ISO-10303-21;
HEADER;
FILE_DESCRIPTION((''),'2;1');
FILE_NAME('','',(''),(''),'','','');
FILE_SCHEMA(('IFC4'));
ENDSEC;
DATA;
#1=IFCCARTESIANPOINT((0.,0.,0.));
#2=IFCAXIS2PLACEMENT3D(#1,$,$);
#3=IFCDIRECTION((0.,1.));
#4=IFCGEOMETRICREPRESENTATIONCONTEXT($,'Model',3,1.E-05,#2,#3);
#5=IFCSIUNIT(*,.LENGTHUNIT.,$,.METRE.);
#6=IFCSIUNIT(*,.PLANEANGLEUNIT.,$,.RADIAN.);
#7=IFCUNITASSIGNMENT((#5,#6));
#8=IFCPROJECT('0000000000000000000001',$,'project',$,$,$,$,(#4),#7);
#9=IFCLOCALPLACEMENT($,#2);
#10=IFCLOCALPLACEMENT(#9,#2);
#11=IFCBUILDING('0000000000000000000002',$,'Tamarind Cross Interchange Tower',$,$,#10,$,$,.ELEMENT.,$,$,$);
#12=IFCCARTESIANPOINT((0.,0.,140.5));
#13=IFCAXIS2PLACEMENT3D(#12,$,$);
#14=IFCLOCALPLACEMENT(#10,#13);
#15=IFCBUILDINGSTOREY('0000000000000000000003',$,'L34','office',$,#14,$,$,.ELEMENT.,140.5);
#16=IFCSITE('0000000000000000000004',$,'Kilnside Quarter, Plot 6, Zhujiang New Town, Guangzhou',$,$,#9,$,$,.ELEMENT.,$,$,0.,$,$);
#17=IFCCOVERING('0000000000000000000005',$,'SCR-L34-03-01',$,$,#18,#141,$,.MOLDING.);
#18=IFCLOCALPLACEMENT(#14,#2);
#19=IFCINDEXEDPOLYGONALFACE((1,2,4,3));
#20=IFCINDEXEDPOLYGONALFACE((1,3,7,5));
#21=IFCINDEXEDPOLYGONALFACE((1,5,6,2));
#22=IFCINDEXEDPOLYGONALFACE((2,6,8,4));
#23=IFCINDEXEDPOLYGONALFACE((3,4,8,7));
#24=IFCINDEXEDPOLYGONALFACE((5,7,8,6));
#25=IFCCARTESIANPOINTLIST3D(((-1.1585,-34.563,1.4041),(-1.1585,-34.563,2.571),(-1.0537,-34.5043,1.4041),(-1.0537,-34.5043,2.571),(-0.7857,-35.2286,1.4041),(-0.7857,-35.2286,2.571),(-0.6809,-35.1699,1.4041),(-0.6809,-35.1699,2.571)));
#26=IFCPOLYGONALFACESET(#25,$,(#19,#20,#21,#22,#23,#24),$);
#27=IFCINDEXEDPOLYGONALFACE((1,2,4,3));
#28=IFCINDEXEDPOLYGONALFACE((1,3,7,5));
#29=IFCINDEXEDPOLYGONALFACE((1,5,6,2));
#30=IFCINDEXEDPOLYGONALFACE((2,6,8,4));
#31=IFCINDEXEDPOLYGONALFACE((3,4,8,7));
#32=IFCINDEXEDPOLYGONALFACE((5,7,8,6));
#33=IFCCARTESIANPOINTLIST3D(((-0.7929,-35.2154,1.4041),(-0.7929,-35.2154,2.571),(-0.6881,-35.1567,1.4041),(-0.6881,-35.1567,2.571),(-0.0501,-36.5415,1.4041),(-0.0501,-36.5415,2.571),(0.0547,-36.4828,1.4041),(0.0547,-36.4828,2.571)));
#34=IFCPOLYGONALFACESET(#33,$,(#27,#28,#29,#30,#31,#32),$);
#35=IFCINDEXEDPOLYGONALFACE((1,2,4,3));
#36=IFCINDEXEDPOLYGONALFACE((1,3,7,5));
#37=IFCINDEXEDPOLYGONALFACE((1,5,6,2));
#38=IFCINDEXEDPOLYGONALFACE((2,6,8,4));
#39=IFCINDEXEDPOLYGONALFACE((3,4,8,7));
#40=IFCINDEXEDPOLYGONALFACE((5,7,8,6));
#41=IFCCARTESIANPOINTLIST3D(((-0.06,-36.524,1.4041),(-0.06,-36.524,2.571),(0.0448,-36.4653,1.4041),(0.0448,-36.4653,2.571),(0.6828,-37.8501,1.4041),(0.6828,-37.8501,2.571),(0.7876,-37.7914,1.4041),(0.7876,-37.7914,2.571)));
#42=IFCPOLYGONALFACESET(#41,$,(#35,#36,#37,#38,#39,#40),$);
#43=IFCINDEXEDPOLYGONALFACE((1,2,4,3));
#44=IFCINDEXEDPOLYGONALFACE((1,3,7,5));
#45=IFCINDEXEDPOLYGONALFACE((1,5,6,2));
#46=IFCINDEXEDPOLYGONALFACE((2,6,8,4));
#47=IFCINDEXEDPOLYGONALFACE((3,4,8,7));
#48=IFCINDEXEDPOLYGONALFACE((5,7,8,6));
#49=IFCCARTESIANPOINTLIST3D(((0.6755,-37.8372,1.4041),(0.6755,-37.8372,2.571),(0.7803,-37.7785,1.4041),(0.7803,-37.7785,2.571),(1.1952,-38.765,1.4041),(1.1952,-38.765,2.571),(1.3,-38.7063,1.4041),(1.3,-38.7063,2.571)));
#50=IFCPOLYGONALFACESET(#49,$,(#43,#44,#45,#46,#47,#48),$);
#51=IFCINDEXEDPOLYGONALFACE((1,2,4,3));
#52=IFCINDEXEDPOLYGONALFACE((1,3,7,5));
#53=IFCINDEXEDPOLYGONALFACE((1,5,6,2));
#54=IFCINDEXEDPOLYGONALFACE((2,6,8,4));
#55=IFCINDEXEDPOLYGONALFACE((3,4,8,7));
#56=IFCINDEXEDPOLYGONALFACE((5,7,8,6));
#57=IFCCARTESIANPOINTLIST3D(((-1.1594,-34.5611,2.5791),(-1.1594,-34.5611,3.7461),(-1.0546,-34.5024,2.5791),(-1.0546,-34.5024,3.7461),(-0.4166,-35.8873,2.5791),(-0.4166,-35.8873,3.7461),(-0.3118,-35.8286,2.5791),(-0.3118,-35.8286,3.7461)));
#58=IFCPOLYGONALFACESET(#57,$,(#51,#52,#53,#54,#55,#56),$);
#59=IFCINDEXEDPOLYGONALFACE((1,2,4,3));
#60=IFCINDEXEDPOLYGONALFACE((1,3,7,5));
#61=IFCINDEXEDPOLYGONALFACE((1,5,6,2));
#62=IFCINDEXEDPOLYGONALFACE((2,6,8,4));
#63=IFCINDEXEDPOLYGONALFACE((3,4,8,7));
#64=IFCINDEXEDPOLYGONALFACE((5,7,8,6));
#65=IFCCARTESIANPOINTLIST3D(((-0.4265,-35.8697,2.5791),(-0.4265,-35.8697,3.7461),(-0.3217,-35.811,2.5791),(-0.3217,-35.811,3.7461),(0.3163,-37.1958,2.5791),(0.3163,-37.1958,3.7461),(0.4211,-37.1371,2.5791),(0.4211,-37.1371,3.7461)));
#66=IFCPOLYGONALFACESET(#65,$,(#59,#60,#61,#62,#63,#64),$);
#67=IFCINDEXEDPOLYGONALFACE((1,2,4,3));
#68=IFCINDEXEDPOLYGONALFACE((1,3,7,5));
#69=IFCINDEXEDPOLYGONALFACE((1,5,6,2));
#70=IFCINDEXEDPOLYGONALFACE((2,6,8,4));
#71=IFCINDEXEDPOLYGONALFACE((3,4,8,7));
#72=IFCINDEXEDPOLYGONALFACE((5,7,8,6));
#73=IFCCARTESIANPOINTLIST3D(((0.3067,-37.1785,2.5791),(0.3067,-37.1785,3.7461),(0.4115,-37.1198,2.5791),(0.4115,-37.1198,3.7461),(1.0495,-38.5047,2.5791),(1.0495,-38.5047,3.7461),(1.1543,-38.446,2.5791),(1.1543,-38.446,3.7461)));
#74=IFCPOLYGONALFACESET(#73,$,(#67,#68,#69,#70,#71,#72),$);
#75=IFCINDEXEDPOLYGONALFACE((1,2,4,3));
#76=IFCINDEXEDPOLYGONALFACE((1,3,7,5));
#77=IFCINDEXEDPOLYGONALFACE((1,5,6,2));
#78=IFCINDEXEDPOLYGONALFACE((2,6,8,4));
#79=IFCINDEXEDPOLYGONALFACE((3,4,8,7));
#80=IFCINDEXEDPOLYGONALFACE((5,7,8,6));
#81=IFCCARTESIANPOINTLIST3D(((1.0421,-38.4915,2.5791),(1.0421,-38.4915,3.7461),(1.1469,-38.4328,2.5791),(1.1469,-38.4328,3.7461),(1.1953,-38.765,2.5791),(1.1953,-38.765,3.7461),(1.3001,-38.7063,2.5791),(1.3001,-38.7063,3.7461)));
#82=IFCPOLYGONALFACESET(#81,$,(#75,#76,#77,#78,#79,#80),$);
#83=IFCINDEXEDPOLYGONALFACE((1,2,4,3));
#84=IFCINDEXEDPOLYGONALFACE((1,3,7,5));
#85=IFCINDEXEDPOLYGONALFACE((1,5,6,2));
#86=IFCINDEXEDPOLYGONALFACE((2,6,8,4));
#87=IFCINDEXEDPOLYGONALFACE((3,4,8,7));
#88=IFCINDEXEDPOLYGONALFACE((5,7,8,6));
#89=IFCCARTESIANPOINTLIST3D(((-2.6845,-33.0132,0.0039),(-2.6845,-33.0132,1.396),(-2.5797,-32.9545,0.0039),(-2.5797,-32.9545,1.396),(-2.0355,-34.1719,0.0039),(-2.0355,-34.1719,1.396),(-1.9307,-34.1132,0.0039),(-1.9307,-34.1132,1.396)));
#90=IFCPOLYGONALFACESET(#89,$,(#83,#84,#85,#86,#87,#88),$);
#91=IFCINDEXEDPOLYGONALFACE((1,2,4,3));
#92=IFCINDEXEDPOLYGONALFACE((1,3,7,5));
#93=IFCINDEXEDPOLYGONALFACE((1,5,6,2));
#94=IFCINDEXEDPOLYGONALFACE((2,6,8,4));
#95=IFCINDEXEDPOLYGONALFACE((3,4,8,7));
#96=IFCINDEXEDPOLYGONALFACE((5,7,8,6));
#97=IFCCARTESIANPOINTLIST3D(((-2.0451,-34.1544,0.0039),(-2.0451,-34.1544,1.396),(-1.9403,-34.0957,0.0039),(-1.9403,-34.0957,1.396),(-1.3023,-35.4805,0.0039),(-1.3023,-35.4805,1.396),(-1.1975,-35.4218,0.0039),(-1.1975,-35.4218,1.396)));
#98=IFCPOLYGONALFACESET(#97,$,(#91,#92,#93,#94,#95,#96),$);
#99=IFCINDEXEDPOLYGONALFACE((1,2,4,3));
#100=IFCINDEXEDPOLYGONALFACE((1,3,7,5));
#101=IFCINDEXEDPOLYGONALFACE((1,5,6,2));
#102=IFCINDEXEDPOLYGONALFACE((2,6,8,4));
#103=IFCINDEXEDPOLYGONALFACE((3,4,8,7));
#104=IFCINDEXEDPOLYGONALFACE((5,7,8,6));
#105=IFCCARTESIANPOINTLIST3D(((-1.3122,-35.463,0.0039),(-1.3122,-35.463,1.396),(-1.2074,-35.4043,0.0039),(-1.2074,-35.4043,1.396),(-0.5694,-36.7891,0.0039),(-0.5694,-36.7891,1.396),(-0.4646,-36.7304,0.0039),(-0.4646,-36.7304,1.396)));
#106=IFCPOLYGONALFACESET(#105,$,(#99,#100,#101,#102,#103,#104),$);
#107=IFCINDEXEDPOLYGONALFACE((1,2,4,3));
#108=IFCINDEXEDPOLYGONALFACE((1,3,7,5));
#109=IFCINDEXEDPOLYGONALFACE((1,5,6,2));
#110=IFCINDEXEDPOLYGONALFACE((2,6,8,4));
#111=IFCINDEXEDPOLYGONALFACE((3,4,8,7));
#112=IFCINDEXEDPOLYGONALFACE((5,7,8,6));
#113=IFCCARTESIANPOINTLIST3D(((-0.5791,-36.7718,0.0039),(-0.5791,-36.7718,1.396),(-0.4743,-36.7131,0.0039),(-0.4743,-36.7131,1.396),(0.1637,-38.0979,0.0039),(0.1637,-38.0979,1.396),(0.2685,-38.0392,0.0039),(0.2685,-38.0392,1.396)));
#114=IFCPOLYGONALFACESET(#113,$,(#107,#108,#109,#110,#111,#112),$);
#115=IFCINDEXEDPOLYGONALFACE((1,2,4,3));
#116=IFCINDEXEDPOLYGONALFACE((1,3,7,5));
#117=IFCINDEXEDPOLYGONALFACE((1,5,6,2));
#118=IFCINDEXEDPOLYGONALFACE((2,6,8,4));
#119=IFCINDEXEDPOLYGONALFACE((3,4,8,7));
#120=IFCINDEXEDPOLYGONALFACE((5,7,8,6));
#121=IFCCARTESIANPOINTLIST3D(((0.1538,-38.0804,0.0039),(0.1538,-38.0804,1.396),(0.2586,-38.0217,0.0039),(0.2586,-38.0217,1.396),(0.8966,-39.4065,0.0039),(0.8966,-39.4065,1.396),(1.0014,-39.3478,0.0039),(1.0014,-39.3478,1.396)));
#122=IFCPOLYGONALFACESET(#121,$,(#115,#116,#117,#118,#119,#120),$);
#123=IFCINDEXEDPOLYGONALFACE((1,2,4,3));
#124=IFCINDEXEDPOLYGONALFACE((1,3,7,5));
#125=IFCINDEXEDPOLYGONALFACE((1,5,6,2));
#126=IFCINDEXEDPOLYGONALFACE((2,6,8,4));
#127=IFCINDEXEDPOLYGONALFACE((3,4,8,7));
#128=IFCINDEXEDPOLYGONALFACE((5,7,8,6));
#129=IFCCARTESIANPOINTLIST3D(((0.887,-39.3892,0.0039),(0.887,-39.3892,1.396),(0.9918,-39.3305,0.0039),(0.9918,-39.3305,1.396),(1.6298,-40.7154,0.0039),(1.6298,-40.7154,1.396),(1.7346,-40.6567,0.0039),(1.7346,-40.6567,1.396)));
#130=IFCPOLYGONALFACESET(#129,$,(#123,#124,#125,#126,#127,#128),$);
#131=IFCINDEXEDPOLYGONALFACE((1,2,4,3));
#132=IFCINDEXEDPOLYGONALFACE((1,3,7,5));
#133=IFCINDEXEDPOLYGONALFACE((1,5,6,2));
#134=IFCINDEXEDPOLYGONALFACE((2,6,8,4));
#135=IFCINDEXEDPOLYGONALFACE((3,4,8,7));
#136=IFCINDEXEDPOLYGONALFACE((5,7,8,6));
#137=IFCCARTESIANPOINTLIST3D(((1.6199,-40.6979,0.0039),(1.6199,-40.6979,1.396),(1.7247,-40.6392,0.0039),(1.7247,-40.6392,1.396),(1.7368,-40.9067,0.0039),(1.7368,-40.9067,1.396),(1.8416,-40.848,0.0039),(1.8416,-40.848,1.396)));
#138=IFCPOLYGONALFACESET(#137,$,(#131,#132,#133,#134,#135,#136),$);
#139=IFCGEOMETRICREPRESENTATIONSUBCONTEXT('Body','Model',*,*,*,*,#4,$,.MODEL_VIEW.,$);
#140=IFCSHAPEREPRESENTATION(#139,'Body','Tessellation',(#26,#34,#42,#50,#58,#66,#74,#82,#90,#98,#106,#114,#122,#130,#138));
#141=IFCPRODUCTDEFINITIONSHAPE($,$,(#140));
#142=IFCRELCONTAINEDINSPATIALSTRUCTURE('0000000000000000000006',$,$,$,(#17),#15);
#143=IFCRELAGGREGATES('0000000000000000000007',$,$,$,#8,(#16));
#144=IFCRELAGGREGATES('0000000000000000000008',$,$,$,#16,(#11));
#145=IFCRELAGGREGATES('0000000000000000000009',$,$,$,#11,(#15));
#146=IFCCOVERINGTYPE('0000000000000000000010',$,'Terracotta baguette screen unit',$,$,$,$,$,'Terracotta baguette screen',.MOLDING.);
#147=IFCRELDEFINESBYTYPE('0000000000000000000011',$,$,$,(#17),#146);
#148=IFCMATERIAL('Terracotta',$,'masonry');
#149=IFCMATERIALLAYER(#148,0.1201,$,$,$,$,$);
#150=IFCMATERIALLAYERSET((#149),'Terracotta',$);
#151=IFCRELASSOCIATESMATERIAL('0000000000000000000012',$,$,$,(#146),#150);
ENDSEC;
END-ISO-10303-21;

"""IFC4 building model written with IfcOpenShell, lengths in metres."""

from ifc_helpers import new_model, si_unit, direction, frame, origin, origin_2d, place, context, subcontext, project, spatial, rectangle, extrude, material, layer, layer_set, type_object, element, save


model = new_model("IFC4")

# Units and contexts
model_context = context("Model", 3, precision=1e-05, world=origin(), true_north=direction((0.0, 1.0)))
body_context = subcontext(model_context, "Body", "Model", "MODEL_VIEW")
ifc_project = project(units=[si_unit("LENGTHUNIT", "METRE"), si_unit("PLANEANGLEUNIT", "RADIAN")], contexts=[model_context])

# Site, building, storey
site_placement = place(None, origin())
site = spatial("IfcSite", under=ifc_project, at=site_placement, Name="Kilnside Quarter, Plot 6, Zhujiang New Town, Guangzhou", CompositionType="ELEMENT", RefElevation=0.0)
building_placement = place(site_placement, origin())
building = spatial("IfcBuilding", under=site, at=building_placement, Name="Tamarind Cross Interchange Tower", CompositionType="ELEMENT")
storey_placement = place(building_placement, frame((0.0, 0.0, 140.5)))
storey = spatial("IfcBuildingStorey", under=building, at=storey_placement, Name="L34", Description="office", CompositionType="ELEMENT", Elevation=140.5)

# Covering
ifc_material_1 = material(Name="Terracotta", Category="masonry")
ifc_layer_1 = layer(ifc_material_1, 0.1201)
ifc_layer_set_1 = layer_set([ifc_layer_1], Name="Terracotta")
covering_type = type_object("IfcCoveringType", Name="Terracotta baguette screen unit", ElementType="Terracotta baguette screen", PredefinedType="MOLDING", material=ifc_layer_set_1)
covering_1_placement = place(storey_placement, origin())
element("IfcCovering", 1, at=covering_1_placement, inside=storey, type_object=covering_type, Name="SCR-L34-03-01", PredefinedType="MOLDING", context=body_context, shape_type="SweptSolid", body=[
    extrude(rectangle(XDim=0.7629, YDim=0.1201, at=origin_2d()), frame((-0.9197, -34.8665, 1.4041), z_axis=(0.0, 0.0, 1.0), x_axis=(0.488688, -0.872458, 0.0)), (0.0, 0.0, 1.0), 1.167),
    extrude(rectangle(XDim=1.52, YDim=0.1201, at=origin_2d()), frame((-0.3691, -35.8491, 1.4041), z_axis=(0.0, 0.0, 1.0), x_axis=(0.488688, -0.872458, 0.0)), (0.0, 0.0, 1.0), 1.167),
    extrude(rectangle(XDim=1.52, YDim=0.1201, at=origin_2d()), frame((0.3638, -37.1577, 1.4041), z_axis=(0.0, 0.0, 1.0), x_axis=(0.488688, -0.872458, 0.0)), (0.0, 0.0, 1.0), 1.167),
    extrude(rectangle(XDim=1.0635, YDim=0.1201, at=origin_2d()), frame((0.9878, -38.2717, 1.4041), z_axis=(0.0, 0.0, 1.0), x_axis=(0.488688, -0.872458, 0.0)), (0.0, 0.0, 1.0), 1.167),
    extrude(rectangle(XDim=1.52, YDim=0.1201, at=origin_2d()), frame((-0.7356, -35.1948, 2.5791), z_axis=(0.0, 0.0, 1.0), x_axis=(0.488688, -0.872458, 0.0)), (0.0, 0.0, 1.0), 1.167),
    extrude(rectangle(XDim=1.52, YDim=0.1201, at=origin_2d()), frame((-0.0027, -36.5034, 2.5791), z_axis=(0.0, 0.0, 1.0), x_axis=(0.488688, -0.872458, 0.0)), (0.0, 0.0, 1.0), 1.167),
    extrude(rectangle(XDim=1.52, YDim=0.1201, at=origin_2d()), frame((0.7305, -37.8123, 2.5791), z_axis=(0.0, 0.0, 1.0), x_axis=(0.488688, -0.872458, 0.0)), (0.0, 0.0, 1.0), 1.167),
    extrude(rectangle(XDim=0.3135, YDim=0.1201, at=origin_2d()), frame((1.1711, -38.5989, 2.5791), z_axis=(0.0, 0.0, 1.0), x_axis=(0.488688, -0.872458, 0.0)), (0.0, 0.0, 1.0), 1.167),
    extrude(rectangle(XDim=1.3281, YDim=0.1201, at=origin_2d()), frame((-2.3076, -33.5632, 0.0039), z_axis=(0.0, 0.0, 1.0), x_axis=(0.488688, -0.872458, 0.0)), (0.0, 0.0, 1.0), 1.3921),
    extrude(rectangle(XDim=1.52, YDim=0.1201, at=origin_2d()), frame((-1.6213, -34.7881, 0.0039), z_axis=(0.0, 0.0, 1.0), x_axis=(0.488688, -0.872458, 0.0)), (0.0, 0.0, 1.0), 1.3921),
    extrude(rectangle(XDim=1.52, YDim=0.1201, at=origin_2d()), frame((-0.8884, -36.0967, 0.0039), z_axis=(0.0, 0.0, 1.0), x_axis=(0.488688, -0.872458, 0.0)), (0.0, 0.0, 1.0), 1.3921),
    extrude(rectangle(XDim=1.52, YDim=0.1201, at=origin_2d()), frame((-0.1553, -37.4055, 0.0039), z_axis=(0.0, 0.0, 1.0), x_axis=(0.488688, -0.872458, 0.0)), (0.0, 0.0, 1.0), 1.3921),
    extrude(rectangle(XDim=1.52, YDim=0.1201, at=origin_2d()), frame((0.5776, -38.7141, 0.0039), z_axis=(0.0, 0.0, 1.0), x_axis=(0.488688, -0.872458, 0.0)), (0.0, 0.0, 1.0), 1.3921),
    extrude(rectangle(XDim=1.52, YDim=0.1201, at=origin_2d()), frame((1.3108, -40.0229, 0.0039), z_axis=(0.0, 0.0, 1.0), x_axis=(0.488688, -0.872458, 0.0)), (0.0, 0.0, 1.0), 1.3921),
    extrude(rectangle(XDim=0.2393, YDim=0.1201, at=origin_2d()), frame((1.7307, -40.7729, 0.0039), z_axis=(0.0, 0.0, 1.0), x_axis=(0.488688, -0.872458, 0.0)), (0.0, 0.0, 1.0), 1.3921),
])

save(model, "model.ifc")
